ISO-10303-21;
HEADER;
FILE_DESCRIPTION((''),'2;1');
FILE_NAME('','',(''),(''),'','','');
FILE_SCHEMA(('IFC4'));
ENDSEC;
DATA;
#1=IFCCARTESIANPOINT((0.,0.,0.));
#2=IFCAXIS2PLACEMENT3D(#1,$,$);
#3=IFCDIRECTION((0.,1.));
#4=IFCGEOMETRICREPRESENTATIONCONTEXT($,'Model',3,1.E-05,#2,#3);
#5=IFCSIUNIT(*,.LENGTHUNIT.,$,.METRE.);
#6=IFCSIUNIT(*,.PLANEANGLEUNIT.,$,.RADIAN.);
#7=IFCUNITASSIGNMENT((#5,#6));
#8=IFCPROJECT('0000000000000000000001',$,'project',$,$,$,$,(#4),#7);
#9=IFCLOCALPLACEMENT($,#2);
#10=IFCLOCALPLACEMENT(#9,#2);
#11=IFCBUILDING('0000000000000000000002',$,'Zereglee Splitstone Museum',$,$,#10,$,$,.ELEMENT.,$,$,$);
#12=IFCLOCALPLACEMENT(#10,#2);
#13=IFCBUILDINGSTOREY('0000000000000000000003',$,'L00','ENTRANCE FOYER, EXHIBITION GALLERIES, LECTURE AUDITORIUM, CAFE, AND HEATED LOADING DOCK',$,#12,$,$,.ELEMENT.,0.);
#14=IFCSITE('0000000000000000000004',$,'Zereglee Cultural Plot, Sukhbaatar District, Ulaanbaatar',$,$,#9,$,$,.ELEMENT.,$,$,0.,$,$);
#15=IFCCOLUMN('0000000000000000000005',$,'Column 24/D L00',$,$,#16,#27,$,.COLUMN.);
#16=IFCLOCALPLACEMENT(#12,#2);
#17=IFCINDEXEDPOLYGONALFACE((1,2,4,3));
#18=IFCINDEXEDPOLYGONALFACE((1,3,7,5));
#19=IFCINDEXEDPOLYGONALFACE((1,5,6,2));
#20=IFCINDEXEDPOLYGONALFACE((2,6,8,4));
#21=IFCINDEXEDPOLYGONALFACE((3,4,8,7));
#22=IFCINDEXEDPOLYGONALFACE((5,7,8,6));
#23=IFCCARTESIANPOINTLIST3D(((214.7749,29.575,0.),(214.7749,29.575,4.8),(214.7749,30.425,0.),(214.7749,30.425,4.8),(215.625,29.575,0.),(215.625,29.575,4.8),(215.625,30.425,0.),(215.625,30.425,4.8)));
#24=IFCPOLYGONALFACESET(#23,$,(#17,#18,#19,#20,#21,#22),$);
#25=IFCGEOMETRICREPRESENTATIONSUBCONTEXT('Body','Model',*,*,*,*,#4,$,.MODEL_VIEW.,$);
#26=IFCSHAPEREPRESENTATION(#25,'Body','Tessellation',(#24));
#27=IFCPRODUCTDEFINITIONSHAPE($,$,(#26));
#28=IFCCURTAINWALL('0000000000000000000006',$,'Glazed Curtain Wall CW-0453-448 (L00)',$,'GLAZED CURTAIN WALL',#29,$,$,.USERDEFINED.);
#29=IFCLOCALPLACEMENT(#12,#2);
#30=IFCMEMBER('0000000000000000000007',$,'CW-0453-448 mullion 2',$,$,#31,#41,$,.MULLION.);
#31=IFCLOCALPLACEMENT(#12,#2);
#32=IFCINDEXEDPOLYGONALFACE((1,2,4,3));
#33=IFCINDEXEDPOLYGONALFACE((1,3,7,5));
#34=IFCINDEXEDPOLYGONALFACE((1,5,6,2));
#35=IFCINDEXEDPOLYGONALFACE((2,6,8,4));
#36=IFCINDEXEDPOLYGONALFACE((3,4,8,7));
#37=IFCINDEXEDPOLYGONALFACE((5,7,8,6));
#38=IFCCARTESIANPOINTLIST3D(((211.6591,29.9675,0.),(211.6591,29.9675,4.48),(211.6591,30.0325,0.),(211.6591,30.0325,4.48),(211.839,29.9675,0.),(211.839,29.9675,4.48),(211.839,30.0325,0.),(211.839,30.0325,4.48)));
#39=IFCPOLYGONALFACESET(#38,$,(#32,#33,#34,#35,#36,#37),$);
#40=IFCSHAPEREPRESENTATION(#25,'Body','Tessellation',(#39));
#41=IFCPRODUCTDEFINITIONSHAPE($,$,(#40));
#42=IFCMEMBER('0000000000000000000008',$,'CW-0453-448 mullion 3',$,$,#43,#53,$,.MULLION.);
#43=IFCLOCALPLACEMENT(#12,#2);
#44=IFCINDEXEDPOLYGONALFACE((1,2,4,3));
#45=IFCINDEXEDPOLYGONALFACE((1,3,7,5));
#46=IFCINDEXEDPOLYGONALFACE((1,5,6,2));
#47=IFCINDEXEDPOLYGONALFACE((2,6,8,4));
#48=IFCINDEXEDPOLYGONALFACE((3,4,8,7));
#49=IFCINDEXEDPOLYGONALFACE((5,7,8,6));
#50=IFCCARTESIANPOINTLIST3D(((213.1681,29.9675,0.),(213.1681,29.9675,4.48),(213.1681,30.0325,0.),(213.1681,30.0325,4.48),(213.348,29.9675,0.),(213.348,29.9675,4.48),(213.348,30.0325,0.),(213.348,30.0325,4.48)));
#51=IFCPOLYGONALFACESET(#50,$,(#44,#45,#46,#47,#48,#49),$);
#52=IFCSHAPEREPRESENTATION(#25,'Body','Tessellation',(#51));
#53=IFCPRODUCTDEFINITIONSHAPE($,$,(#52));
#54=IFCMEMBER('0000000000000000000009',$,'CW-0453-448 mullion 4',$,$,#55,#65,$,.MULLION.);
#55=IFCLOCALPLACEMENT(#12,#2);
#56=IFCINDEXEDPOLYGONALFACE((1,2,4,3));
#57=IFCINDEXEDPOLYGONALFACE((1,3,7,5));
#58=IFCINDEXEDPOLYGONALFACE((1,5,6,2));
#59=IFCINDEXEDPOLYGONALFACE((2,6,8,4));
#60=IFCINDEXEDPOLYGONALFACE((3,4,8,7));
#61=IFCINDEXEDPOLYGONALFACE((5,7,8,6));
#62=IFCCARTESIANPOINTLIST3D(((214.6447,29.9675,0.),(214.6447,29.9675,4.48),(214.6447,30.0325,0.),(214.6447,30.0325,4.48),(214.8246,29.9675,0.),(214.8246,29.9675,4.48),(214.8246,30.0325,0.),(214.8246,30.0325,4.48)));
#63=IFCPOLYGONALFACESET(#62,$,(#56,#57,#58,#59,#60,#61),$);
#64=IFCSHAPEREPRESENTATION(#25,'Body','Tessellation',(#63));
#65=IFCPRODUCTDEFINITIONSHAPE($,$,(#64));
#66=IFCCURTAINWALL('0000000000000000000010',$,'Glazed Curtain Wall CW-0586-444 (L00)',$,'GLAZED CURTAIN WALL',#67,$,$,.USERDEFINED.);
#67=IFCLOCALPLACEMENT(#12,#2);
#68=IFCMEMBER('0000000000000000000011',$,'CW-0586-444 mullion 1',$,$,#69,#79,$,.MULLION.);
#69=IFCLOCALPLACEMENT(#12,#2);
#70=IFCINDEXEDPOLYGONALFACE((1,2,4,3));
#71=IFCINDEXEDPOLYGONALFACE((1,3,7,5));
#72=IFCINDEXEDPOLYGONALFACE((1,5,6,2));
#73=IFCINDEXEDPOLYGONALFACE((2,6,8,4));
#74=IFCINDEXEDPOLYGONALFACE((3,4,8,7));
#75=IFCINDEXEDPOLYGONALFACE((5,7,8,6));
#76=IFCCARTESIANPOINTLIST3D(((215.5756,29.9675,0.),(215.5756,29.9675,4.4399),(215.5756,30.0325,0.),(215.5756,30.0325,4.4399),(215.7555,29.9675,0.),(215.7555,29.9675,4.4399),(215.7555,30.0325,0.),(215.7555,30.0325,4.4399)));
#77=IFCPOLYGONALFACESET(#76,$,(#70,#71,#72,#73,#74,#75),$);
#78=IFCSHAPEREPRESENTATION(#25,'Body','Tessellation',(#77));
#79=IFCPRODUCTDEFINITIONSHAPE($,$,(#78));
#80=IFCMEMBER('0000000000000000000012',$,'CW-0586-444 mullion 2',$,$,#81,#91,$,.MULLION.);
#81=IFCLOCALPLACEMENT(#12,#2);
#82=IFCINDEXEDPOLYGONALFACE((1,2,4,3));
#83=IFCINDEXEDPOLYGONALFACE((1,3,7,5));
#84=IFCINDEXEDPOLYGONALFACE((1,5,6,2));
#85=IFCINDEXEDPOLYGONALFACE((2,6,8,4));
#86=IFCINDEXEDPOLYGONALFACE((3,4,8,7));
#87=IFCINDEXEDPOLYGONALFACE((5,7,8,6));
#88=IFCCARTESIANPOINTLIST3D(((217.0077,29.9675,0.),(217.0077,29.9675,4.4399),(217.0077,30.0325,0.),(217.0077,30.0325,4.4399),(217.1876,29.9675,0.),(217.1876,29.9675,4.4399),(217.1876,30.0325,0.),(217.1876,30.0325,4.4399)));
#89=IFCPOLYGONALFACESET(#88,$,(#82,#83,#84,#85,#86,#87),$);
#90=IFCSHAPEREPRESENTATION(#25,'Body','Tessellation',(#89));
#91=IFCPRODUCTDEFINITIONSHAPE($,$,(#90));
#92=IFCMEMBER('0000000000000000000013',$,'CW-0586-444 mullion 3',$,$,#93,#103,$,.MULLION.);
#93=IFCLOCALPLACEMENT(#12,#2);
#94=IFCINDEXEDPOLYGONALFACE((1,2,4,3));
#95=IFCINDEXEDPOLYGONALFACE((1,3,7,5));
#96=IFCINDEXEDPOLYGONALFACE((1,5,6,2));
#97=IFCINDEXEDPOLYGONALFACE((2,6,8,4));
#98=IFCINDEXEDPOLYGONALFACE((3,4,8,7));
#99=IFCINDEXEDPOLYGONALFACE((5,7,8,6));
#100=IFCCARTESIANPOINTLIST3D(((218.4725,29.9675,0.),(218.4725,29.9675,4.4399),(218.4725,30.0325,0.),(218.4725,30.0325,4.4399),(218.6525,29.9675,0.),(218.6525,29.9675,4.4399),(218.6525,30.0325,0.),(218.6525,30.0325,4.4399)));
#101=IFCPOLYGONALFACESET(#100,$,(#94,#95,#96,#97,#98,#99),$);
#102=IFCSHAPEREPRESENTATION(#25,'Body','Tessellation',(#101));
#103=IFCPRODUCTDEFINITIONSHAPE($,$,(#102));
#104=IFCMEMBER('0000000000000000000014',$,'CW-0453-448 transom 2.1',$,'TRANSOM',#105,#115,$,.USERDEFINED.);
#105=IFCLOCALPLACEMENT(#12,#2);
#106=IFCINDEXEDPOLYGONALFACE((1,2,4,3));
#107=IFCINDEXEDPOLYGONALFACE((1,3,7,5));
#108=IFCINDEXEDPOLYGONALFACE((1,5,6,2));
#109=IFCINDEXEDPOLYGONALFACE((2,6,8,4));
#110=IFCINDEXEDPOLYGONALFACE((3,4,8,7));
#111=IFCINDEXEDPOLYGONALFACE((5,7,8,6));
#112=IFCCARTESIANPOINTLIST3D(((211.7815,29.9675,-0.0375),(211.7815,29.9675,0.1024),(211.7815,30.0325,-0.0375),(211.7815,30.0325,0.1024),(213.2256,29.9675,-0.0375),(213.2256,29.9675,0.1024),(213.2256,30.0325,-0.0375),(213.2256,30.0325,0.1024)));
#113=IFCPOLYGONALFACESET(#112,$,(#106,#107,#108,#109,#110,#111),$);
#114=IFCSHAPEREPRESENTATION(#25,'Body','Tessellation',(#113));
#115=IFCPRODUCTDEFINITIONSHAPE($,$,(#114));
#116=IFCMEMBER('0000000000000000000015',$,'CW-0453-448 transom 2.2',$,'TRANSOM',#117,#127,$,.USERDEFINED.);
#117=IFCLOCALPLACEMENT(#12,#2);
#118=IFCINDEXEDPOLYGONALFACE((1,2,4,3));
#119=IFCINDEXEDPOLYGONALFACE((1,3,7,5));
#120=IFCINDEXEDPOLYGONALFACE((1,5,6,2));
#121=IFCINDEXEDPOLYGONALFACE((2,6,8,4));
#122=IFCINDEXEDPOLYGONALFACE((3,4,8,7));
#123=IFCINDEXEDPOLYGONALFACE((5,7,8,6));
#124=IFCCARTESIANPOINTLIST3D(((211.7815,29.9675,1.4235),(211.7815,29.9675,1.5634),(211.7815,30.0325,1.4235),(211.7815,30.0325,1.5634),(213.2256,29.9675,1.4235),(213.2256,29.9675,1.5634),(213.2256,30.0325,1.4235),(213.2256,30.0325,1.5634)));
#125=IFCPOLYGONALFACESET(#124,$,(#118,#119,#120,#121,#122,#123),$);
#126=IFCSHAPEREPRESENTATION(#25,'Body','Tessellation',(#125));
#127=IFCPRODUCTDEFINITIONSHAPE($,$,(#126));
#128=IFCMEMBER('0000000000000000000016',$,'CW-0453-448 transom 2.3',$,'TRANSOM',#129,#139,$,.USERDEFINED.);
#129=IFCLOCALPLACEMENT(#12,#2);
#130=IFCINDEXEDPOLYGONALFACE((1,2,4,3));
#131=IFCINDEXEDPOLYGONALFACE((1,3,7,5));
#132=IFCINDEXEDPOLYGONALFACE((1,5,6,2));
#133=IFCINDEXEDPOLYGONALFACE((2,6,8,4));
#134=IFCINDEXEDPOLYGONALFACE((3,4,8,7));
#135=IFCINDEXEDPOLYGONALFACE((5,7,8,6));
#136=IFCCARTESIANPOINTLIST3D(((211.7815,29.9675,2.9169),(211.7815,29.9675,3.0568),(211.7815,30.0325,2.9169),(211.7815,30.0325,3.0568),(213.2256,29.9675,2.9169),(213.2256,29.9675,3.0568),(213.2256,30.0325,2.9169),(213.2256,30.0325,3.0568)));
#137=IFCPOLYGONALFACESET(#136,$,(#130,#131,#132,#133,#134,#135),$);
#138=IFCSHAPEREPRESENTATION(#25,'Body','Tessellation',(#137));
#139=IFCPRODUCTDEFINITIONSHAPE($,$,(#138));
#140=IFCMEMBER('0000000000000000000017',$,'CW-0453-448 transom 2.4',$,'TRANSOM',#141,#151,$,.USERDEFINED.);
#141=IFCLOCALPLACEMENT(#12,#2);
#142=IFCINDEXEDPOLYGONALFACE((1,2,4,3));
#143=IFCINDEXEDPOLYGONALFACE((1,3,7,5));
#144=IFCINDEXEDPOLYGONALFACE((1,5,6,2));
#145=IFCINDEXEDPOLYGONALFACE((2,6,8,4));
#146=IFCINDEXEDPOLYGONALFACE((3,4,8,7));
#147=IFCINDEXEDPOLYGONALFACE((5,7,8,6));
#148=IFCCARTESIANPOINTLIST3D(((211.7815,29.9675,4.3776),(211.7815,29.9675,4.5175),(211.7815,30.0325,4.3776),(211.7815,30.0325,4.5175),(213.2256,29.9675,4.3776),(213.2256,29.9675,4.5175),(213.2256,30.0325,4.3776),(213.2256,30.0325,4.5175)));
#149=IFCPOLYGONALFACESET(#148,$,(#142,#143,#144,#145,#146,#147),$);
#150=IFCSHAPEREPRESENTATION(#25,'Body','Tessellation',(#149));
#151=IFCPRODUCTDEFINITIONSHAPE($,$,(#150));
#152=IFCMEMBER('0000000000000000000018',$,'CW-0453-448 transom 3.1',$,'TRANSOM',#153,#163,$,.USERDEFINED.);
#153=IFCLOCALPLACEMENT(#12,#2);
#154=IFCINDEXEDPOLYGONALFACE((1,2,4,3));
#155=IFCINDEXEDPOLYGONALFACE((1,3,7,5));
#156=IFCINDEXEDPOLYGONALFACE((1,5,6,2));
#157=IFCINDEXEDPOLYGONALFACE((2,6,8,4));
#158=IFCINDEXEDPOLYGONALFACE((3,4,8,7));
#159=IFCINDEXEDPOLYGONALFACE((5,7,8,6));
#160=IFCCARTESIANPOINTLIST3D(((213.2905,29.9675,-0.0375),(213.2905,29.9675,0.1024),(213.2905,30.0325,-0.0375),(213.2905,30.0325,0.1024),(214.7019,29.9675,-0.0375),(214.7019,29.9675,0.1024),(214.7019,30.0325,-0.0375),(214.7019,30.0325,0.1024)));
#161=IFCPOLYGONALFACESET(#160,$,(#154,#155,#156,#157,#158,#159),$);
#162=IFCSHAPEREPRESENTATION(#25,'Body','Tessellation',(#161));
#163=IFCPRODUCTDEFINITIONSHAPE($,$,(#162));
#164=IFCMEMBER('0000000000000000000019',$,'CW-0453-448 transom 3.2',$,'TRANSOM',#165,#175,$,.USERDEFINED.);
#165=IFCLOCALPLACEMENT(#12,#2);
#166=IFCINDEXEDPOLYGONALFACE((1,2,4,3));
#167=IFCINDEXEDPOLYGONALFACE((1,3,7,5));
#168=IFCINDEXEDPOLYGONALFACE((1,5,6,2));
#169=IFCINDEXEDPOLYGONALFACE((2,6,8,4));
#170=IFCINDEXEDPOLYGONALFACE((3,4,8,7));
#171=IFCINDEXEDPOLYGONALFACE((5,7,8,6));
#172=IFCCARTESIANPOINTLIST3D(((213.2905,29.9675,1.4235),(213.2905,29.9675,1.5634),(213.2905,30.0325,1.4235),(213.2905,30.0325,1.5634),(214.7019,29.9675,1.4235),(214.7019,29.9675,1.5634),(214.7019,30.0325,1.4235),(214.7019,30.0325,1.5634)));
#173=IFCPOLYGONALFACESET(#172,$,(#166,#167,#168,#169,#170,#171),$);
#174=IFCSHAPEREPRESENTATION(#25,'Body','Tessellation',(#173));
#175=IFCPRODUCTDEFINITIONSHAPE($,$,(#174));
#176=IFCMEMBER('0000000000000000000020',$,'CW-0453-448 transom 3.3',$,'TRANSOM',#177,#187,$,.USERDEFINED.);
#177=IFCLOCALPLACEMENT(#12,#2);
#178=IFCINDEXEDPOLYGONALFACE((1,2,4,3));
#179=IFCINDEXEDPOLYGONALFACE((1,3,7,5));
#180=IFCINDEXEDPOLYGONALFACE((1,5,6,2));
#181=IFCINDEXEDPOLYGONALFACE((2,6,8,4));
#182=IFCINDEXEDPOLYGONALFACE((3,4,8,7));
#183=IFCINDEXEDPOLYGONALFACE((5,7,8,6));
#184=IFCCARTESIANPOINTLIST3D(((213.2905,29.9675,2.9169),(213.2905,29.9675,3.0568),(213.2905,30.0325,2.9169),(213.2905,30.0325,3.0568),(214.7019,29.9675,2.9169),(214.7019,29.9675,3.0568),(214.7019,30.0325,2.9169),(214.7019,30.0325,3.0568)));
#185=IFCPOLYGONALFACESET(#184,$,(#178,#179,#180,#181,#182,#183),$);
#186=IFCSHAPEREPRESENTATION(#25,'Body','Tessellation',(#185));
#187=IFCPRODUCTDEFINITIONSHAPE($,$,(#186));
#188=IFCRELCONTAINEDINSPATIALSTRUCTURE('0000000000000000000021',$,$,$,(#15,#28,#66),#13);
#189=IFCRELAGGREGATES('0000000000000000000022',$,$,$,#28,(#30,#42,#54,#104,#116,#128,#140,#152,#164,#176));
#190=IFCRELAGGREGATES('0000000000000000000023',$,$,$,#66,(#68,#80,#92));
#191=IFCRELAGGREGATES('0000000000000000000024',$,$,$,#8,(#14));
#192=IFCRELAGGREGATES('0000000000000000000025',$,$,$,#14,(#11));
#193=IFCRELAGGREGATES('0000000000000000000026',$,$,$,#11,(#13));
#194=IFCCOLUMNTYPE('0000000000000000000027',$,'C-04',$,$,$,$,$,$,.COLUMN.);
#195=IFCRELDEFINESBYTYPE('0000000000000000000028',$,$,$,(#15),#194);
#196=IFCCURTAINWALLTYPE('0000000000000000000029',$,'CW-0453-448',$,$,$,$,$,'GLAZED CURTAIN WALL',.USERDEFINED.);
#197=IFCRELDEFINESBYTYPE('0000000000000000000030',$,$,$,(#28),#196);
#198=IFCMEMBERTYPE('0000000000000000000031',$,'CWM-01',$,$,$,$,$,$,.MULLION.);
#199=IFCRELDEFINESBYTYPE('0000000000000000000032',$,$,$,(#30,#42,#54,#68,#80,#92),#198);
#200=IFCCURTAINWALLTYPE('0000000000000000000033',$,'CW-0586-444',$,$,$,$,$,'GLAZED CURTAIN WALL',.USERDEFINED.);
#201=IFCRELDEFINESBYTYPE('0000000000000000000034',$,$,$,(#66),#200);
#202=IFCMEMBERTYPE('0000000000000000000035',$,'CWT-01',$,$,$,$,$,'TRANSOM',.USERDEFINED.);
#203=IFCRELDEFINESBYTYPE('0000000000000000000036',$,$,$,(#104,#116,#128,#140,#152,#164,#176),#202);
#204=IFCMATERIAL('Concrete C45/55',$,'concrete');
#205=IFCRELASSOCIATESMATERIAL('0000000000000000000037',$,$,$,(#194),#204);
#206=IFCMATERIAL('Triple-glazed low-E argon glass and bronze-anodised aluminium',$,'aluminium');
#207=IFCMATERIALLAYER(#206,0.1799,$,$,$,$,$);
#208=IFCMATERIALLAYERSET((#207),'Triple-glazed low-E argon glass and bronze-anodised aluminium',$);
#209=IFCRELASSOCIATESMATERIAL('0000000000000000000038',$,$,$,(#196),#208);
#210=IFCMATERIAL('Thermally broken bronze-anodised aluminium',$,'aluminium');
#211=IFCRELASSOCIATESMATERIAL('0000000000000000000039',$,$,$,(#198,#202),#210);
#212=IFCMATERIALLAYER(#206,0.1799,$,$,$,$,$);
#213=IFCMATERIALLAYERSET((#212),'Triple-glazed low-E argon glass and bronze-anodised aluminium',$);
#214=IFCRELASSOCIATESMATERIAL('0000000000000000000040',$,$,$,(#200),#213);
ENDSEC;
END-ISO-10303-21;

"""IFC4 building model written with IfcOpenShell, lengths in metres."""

from ifc_helpers import new_model, si_unit, direction, frame, origin, origin_2d, place, context, subcontext, project, spatial, rectangle, extrude, material, layer, layer_set, material_profile, profile_set, type_object, element, aggregate, save


model = new_model("IFC4")

# Units and contexts
model_context = context("Model", 3, precision=1e-05, world=origin(), true_north=direction((0.0, 1.0)))
body_context = subcontext(model_context, "Body", "Model", "MODEL_VIEW")
ifc_project = project(units=[si_unit("LENGTHUNIT", "METRE"), si_unit("PLANEANGLEUNIT", "RADIAN")], contexts=[model_context])

# Site, building, storey
site_placement = place(None, origin())
site = spatial("IfcSite", under=ifc_project, at=site_placement, Name="Zereglee Cultural Plot, Sukhbaatar District, Ulaanbaatar", CompositionType="ELEMENT", RefElevation=0.0)
building_placement = place(site_placement, origin())
building = spatial("IfcBuilding", under=site, at=building_placement, Name="Zereglee Splitstone Museum", CompositionType="ELEMENT")
storey_placement = place(building_placement, origin())
storey = spatial("IfcBuildingStorey", under=building, at=storey_placement, Name="L00", Description="ENTRANCE FOYER, EXHIBITION GALLERIES, LECTURE AUDITORIUM, CAFE, AND HEATED LOADING DOCK", CompositionType="ELEMENT", Elevation=0.0)

# Column
ifc_material_1 = material(Name="Concrete C45/55", Category="concrete")
ifc_material_profile_1 = material_profile(ifc_material_1, rectangle(XDim=0.8501, YDim=0.8501, at=origin_2d()), Name="RC 850x850")
ifc_profile_set_1 = profile_set([ifc_material_profile_1], Name="Concrete C45/55")
column_type = type_object("IfcColumnType", Name="C-04", PredefinedType="COLUMN", material=ifc_profile_set_1)
column_placement = place(storey_placement, frame((215.2, 30.0, 0.0), z_axis=(0.0, 0.0, 1.0), x_axis=(1.0, 0.0, 0.0)))
element("IfcColumn", 1, at=column_placement, inside=storey, type_object=column_type, Name="Column 24/D L00", PredefinedType="COLUMN", context=body_context, shape_type="SweptSolid", body=[
    extrude(rectangle(XDim=0.8501, YDim=0.8501, at=origin_2d()), origin(), (0.0, 0.0, 1.0), 4.8),
])

# Curtain walls, members
ifc_material_2 = material(Name="Triple-glazed low-E argon glass and bronze-anodised aluminium", Category="aluminium")
ifc_layer_1 = layer(ifc_material_2, 0.1799)
ifc_layer_set_1 = layer_set([ifc_layer_1], Name="Triple-glazed low-E argon glass and bronze-anodised aluminium")
curtain_wall_type_1 = type_object("IfcCurtainWallType", Name="CW-0453-448", ElementType="GLAZED CURTAIN WALL", PredefinedType="USERDEFINED", material=ifc_layer_set_1)
curtain_wall_1_placement = place(storey_placement, origin())
curtain_wall_1 = element("IfcCurtainWall", 2, at=curtain_wall_1_placement, inside=storey, type_object=curtain_wall_type_1, Name="Glazed Curtain Wall CW-0453-448 (L00)", ObjectType="GLAZED CURTAIN WALL", PredefinedType="USERDEFINED")
ifc_material_3 = material(Name="Thermally broken bronze-anodised aluminium", Category="aluminium")
ifc_material_profile_2 = material_profile(ifc_material_3, rectangle(XDim=0.0649, YDim=0.1799, at=origin_2d()), Name="CW MULL 65x180")
ifc_profile_set_2 = profile_set([ifc_material_profile_2], Name="Thermally broken bronze-anodised aluminium")
member_type_1 = type_object("IfcMemberType", Name="CWM-01", PredefinedType="MULLION", material=ifc_profile_set_2)
member_1_placement = place(storey_placement, frame((211.749, 30.0, 0.0), z_axis=(0.0, 0.0, 1.0), x_axis=(0.0, 1.0, 0.0)))
member_1 = element("IfcMember", 3, at=member_1_placement, type_object=member_type_1, Name="CW-0453-448 mullion 2", PredefinedType="MULLION", context=body_context, shape_type="SweptSolid", body=[
    extrude(rectangle(XDim=0.0649, YDim=0.1799, at=origin_2d()), origin(), (0.0, 0.0, 1.0), 4.48),
])
member_2_placement = place(storey_placement, frame((213.2581, 30.0, 0.0), z_axis=(0.0, 0.0, 1.0), x_axis=(0.0, 1.0, 0.0)))
member_2 = element("IfcMember", 4, at=member_2_placement, type_object=member_type_1, Name="CW-0453-448 mullion 3", PredefinedType="MULLION", context=body_context, shape_type="SweptSolid", body=[
    extrude(rectangle(XDim=0.0649, YDim=0.1799, at=origin_2d()), origin(), (0.0, 0.0, 1.0), 4.48),
])
member_3_placement = place(storey_placement, frame((214.7346, 30.0, 0.0), z_axis=(0.0, 0.0, 1.0), x_axis=(0.0, 1.0, 0.0)))
member_3 = element("IfcMember", 5, at=member_3_placement, type_object=member_type_1, Name="CW-0453-448 mullion 4", PredefinedType="MULLION", context=body_context, shape_type="SweptSolid", body=[
    extrude(rectangle(XDim=0.0649, YDim=0.1799, at=origin_2d()), origin(), (0.0, 0.0, 1.0), 4.48),
])
ifc_layer_2 = layer(ifc_material_2, 0.1799)
ifc_layer_set_2 = layer_set([ifc_layer_2], Name="Triple-glazed low-E argon glass and bronze-anodised aluminium")
curtain_wall_type_2 = type_object("IfcCurtainWallType", Name="CW-0586-444", ElementType="GLAZED CURTAIN WALL", PredefinedType="USERDEFINED", material=ifc_layer_set_2)
curtain_wall_2_placement = place(storey_placement, origin())
curtain_wall_2 = element("IfcCurtainWall", 6, at=curtain_wall_2_placement, inside=storey, type_object=curtain_wall_type_2, Name="Glazed Curtain Wall CW-0586-444 (L00)", ObjectType="GLAZED CURTAIN WALL", PredefinedType="USERDEFINED")
member_4_placement = place(storey_placement, frame((215.6655, 30.0, 0.0), z_axis=(0.0, 0.0, 1.0), x_axis=(0.0, 1.0, 0.0)))
member_4 = element("IfcMember", 7, at=member_4_placement, type_object=member_type_1, Name="CW-0586-444 mullion 1", PredefinedType="MULLION", context=body_context, shape_type="SweptSolid", body=[
    extrude(rectangle(XDim=0.0649, YDim=0.1799, at=origin_2d()), origin(), (0.0, 0.0, 1.0), 4.4399),
])
member_5_placement = place(storey_placement, frame((217.0977, 30.0, 0.0), z_axis=(0.0, 0.0, 1.0), x_axis=(0.0, 1.0, 0.0)))
member_5 = element("IfcMember", 8, at=member_5_placement, type_object=member_type_1, Name="CW-0586-444 mullion 2", PredefinedType="MULLION", context=body_context, shape_type="SweptSolid", body=[
    extrude(rectangle(XDim=0.0649, YDim=0.1799, at=origin_2d()), origin(), (0.0, 0.0, 1.0), 4.4399),
])
member_6_placement = place(storey_placement, frame((218.5625, 30.0, 0.0), z_axis=(0.0, 0.0, 1.0), x_axis=(0.0, 1.0, 0.0)))
member_6 = element("IfcMember", 9, at=member_6_placement, type_object=member_type_1, Name="CW-0586-444 mullion 3", PredefinedType="MULLION", context=body_context, shape_type="SweptSolid", body=[
    extrude(rectangle(XDim=0.0649, YDim=0.1799, at=origin_2d()), origin(), (0.0, 0.0, 1.0), 4.4399),
])

# Members
ifc_material_profile_3 = material_profile(ifc_material_3, rectangle(XDim=0.0649, YDim=0.1399, at=origin_2d()), Name="CW TRAN 65x140")
ifc_profile_set_3 = profile_set([ifc_material_profile_3], Name="Thermally broken bronze-anodised aluminium")
member_type_2 = type_object("IfcMemberType", Name="CWT-01", ElementType="TRANSOM", PredefinedType="USERDEFINED", material=ifc_profile_set_3)
member_7_placement = place(storey_placement, frame((211.7815, 30.0, 0.0325), z_axis=(1.0, 0.0, 0.0), x_axis=(0.0, 1.0, 0.0)))
member_7 = element("IfcMember", 10, at=member_7_placement, type_object=member_type_2, Name="CW-0453-448 transom 2.1", ObjectType="TRANSOM", PredefinedType="USERDEFINED", context=body_context, shape_type="SweptSolid", body=[
    extrude(rectangle(XDim=0.0649, YDim=0.1399, at=origin_2d()), origin(), (0.0, 0.0, 1.0), 1.4441),
])
member_8_placement = place(storey_placement, frame((211.7815, 30.0, 1.4934), z_axis=(1.0, 0.0, 0.0), x_axis=(0.0, 1.0, 0.0)))
member_8 = element("IfcMember", 11, at=member_8_placement, type_object=member_type_2, Name="CW-0453-448 transom 2.2", ObjectType="TRANSOM", PredefinedType="USERDEFINED", context=body_context, shape_type="SweptSolid", body=[
    extrude(rectangle(XDim=0.0649, YDim=0.1399, at=origin_2d()), origin(), (0.0, 0.0, 1.0), 1.4441),
])
member_9_placement = place(storey_placement, frame((211.7815, 30.0, 2.9868), z_axis=(1.0, 0.0, 0.0), x_axis=(0.0, 1.0, 0.0)))
member_9 = element("IfcMember", 12, at=member_9_placement, type_object=member_type_2, Name="CW-0453-448 transom 2.3", ObjectType="TRANSOM", PredefinedType="USERDEFINED", context=body_context, shape_type="SweptSolid", body=[
    extrude(rectangle(XDim=0.0649, YDim=0.1399, at=origin_2d()), origin(), (0.0, 0.0, 1.0), 1.4441),
])
member_10_placement = place(storey_placement, frame((211.7815, 30.0, 4.4475), z_axis=(1.0, 0.0, 0.0), x_axis=(0.0, 1.0, 0.0)))
member_10 = element("IfcMember", 13, at=member_10_placement, type_object=member_type_2, Name="CW-0453-448 transom 2.4", ObjectType="TRANSOM", PredefinedType="USERDEFINED", context=body_context, shape_type="SweptSolid", body=[
    extrude(rectangle(XDim=0.0649, YDim=0.1399, at=origin_2d()), origin(), (0.0, 0.0, 1.0), 1.4441),
])
member_11_placement = place(storey_placement, frame((213.2905, 30.0, 0.0325), z_axis=(1.0, 0.0, 0.0), x_axis=(0.0, 1.0, 0.0)))
member_11 = element("IfcMember", 14, at=member_11_placement, type_object=member_type_2, Name="CW-0453-448 transom 3.1", ObjectType="TRANSOM", PredefinedType="USERDEFINED", context=body_context, shape_type="SweptSolid", body=[
    extrude(rectangle(XDim=0.0649, YDim=0.1399, at=origin_2d()), origin(), (0.0, 0.0, 1.0), 1.4114),
])
member_12_placement = place(storey_placement, frame((213.2905, 30.0, 1.4934), z_axis=(1.0, 0.0, 0.0), x_axis=(0.0, 1.0, 0.0)))
member_12 = element("IfcMember", 15, at=member_12_placement, type_object=member_type_2, Name="CW-0453-448 transom 3.2", ObjectType="TRANSOM", PredefinedType="USERDEFINED", context=body_context, shape_type="SweptSolid", body=[
    extrude(rectangle(XDim=0.0649, YDim=0.1399, at=origin_2d()), origin(), (0.0, 0.0, 1.0), 1.4114),
])
member_13_placement = place(storey_placement, frame((213.2905, 30.0, 2.9868), z_axis=(1.0, 0.0, 0.0), x_axis=(0.0, 1.0, 0.0)))
member_13 = element("IfcMember", 16, at=member_13_placement, type_object=member_type_2, Name="CW-0453-448 transom 3.3", ObjectType="TRANSOM", PredefinedType="USERDEFINED", context=body_context, shape_type="SweptSolid", body=[
    extrude(rectangle(XDim=0.0649, YDim=0.1399, at=origin_2d()), origin(), (0.0, 0.0, 1.0), 1.4114),
])

aggregate(curtain_wall_1, [member_1, member_2, member_3, member_7, member_8, member_9, member_10, member_11, member_12, member_13])
aggregate(curtain_wall_2, [member_4, member_5, member_6])

save(model, "model.ifc")
